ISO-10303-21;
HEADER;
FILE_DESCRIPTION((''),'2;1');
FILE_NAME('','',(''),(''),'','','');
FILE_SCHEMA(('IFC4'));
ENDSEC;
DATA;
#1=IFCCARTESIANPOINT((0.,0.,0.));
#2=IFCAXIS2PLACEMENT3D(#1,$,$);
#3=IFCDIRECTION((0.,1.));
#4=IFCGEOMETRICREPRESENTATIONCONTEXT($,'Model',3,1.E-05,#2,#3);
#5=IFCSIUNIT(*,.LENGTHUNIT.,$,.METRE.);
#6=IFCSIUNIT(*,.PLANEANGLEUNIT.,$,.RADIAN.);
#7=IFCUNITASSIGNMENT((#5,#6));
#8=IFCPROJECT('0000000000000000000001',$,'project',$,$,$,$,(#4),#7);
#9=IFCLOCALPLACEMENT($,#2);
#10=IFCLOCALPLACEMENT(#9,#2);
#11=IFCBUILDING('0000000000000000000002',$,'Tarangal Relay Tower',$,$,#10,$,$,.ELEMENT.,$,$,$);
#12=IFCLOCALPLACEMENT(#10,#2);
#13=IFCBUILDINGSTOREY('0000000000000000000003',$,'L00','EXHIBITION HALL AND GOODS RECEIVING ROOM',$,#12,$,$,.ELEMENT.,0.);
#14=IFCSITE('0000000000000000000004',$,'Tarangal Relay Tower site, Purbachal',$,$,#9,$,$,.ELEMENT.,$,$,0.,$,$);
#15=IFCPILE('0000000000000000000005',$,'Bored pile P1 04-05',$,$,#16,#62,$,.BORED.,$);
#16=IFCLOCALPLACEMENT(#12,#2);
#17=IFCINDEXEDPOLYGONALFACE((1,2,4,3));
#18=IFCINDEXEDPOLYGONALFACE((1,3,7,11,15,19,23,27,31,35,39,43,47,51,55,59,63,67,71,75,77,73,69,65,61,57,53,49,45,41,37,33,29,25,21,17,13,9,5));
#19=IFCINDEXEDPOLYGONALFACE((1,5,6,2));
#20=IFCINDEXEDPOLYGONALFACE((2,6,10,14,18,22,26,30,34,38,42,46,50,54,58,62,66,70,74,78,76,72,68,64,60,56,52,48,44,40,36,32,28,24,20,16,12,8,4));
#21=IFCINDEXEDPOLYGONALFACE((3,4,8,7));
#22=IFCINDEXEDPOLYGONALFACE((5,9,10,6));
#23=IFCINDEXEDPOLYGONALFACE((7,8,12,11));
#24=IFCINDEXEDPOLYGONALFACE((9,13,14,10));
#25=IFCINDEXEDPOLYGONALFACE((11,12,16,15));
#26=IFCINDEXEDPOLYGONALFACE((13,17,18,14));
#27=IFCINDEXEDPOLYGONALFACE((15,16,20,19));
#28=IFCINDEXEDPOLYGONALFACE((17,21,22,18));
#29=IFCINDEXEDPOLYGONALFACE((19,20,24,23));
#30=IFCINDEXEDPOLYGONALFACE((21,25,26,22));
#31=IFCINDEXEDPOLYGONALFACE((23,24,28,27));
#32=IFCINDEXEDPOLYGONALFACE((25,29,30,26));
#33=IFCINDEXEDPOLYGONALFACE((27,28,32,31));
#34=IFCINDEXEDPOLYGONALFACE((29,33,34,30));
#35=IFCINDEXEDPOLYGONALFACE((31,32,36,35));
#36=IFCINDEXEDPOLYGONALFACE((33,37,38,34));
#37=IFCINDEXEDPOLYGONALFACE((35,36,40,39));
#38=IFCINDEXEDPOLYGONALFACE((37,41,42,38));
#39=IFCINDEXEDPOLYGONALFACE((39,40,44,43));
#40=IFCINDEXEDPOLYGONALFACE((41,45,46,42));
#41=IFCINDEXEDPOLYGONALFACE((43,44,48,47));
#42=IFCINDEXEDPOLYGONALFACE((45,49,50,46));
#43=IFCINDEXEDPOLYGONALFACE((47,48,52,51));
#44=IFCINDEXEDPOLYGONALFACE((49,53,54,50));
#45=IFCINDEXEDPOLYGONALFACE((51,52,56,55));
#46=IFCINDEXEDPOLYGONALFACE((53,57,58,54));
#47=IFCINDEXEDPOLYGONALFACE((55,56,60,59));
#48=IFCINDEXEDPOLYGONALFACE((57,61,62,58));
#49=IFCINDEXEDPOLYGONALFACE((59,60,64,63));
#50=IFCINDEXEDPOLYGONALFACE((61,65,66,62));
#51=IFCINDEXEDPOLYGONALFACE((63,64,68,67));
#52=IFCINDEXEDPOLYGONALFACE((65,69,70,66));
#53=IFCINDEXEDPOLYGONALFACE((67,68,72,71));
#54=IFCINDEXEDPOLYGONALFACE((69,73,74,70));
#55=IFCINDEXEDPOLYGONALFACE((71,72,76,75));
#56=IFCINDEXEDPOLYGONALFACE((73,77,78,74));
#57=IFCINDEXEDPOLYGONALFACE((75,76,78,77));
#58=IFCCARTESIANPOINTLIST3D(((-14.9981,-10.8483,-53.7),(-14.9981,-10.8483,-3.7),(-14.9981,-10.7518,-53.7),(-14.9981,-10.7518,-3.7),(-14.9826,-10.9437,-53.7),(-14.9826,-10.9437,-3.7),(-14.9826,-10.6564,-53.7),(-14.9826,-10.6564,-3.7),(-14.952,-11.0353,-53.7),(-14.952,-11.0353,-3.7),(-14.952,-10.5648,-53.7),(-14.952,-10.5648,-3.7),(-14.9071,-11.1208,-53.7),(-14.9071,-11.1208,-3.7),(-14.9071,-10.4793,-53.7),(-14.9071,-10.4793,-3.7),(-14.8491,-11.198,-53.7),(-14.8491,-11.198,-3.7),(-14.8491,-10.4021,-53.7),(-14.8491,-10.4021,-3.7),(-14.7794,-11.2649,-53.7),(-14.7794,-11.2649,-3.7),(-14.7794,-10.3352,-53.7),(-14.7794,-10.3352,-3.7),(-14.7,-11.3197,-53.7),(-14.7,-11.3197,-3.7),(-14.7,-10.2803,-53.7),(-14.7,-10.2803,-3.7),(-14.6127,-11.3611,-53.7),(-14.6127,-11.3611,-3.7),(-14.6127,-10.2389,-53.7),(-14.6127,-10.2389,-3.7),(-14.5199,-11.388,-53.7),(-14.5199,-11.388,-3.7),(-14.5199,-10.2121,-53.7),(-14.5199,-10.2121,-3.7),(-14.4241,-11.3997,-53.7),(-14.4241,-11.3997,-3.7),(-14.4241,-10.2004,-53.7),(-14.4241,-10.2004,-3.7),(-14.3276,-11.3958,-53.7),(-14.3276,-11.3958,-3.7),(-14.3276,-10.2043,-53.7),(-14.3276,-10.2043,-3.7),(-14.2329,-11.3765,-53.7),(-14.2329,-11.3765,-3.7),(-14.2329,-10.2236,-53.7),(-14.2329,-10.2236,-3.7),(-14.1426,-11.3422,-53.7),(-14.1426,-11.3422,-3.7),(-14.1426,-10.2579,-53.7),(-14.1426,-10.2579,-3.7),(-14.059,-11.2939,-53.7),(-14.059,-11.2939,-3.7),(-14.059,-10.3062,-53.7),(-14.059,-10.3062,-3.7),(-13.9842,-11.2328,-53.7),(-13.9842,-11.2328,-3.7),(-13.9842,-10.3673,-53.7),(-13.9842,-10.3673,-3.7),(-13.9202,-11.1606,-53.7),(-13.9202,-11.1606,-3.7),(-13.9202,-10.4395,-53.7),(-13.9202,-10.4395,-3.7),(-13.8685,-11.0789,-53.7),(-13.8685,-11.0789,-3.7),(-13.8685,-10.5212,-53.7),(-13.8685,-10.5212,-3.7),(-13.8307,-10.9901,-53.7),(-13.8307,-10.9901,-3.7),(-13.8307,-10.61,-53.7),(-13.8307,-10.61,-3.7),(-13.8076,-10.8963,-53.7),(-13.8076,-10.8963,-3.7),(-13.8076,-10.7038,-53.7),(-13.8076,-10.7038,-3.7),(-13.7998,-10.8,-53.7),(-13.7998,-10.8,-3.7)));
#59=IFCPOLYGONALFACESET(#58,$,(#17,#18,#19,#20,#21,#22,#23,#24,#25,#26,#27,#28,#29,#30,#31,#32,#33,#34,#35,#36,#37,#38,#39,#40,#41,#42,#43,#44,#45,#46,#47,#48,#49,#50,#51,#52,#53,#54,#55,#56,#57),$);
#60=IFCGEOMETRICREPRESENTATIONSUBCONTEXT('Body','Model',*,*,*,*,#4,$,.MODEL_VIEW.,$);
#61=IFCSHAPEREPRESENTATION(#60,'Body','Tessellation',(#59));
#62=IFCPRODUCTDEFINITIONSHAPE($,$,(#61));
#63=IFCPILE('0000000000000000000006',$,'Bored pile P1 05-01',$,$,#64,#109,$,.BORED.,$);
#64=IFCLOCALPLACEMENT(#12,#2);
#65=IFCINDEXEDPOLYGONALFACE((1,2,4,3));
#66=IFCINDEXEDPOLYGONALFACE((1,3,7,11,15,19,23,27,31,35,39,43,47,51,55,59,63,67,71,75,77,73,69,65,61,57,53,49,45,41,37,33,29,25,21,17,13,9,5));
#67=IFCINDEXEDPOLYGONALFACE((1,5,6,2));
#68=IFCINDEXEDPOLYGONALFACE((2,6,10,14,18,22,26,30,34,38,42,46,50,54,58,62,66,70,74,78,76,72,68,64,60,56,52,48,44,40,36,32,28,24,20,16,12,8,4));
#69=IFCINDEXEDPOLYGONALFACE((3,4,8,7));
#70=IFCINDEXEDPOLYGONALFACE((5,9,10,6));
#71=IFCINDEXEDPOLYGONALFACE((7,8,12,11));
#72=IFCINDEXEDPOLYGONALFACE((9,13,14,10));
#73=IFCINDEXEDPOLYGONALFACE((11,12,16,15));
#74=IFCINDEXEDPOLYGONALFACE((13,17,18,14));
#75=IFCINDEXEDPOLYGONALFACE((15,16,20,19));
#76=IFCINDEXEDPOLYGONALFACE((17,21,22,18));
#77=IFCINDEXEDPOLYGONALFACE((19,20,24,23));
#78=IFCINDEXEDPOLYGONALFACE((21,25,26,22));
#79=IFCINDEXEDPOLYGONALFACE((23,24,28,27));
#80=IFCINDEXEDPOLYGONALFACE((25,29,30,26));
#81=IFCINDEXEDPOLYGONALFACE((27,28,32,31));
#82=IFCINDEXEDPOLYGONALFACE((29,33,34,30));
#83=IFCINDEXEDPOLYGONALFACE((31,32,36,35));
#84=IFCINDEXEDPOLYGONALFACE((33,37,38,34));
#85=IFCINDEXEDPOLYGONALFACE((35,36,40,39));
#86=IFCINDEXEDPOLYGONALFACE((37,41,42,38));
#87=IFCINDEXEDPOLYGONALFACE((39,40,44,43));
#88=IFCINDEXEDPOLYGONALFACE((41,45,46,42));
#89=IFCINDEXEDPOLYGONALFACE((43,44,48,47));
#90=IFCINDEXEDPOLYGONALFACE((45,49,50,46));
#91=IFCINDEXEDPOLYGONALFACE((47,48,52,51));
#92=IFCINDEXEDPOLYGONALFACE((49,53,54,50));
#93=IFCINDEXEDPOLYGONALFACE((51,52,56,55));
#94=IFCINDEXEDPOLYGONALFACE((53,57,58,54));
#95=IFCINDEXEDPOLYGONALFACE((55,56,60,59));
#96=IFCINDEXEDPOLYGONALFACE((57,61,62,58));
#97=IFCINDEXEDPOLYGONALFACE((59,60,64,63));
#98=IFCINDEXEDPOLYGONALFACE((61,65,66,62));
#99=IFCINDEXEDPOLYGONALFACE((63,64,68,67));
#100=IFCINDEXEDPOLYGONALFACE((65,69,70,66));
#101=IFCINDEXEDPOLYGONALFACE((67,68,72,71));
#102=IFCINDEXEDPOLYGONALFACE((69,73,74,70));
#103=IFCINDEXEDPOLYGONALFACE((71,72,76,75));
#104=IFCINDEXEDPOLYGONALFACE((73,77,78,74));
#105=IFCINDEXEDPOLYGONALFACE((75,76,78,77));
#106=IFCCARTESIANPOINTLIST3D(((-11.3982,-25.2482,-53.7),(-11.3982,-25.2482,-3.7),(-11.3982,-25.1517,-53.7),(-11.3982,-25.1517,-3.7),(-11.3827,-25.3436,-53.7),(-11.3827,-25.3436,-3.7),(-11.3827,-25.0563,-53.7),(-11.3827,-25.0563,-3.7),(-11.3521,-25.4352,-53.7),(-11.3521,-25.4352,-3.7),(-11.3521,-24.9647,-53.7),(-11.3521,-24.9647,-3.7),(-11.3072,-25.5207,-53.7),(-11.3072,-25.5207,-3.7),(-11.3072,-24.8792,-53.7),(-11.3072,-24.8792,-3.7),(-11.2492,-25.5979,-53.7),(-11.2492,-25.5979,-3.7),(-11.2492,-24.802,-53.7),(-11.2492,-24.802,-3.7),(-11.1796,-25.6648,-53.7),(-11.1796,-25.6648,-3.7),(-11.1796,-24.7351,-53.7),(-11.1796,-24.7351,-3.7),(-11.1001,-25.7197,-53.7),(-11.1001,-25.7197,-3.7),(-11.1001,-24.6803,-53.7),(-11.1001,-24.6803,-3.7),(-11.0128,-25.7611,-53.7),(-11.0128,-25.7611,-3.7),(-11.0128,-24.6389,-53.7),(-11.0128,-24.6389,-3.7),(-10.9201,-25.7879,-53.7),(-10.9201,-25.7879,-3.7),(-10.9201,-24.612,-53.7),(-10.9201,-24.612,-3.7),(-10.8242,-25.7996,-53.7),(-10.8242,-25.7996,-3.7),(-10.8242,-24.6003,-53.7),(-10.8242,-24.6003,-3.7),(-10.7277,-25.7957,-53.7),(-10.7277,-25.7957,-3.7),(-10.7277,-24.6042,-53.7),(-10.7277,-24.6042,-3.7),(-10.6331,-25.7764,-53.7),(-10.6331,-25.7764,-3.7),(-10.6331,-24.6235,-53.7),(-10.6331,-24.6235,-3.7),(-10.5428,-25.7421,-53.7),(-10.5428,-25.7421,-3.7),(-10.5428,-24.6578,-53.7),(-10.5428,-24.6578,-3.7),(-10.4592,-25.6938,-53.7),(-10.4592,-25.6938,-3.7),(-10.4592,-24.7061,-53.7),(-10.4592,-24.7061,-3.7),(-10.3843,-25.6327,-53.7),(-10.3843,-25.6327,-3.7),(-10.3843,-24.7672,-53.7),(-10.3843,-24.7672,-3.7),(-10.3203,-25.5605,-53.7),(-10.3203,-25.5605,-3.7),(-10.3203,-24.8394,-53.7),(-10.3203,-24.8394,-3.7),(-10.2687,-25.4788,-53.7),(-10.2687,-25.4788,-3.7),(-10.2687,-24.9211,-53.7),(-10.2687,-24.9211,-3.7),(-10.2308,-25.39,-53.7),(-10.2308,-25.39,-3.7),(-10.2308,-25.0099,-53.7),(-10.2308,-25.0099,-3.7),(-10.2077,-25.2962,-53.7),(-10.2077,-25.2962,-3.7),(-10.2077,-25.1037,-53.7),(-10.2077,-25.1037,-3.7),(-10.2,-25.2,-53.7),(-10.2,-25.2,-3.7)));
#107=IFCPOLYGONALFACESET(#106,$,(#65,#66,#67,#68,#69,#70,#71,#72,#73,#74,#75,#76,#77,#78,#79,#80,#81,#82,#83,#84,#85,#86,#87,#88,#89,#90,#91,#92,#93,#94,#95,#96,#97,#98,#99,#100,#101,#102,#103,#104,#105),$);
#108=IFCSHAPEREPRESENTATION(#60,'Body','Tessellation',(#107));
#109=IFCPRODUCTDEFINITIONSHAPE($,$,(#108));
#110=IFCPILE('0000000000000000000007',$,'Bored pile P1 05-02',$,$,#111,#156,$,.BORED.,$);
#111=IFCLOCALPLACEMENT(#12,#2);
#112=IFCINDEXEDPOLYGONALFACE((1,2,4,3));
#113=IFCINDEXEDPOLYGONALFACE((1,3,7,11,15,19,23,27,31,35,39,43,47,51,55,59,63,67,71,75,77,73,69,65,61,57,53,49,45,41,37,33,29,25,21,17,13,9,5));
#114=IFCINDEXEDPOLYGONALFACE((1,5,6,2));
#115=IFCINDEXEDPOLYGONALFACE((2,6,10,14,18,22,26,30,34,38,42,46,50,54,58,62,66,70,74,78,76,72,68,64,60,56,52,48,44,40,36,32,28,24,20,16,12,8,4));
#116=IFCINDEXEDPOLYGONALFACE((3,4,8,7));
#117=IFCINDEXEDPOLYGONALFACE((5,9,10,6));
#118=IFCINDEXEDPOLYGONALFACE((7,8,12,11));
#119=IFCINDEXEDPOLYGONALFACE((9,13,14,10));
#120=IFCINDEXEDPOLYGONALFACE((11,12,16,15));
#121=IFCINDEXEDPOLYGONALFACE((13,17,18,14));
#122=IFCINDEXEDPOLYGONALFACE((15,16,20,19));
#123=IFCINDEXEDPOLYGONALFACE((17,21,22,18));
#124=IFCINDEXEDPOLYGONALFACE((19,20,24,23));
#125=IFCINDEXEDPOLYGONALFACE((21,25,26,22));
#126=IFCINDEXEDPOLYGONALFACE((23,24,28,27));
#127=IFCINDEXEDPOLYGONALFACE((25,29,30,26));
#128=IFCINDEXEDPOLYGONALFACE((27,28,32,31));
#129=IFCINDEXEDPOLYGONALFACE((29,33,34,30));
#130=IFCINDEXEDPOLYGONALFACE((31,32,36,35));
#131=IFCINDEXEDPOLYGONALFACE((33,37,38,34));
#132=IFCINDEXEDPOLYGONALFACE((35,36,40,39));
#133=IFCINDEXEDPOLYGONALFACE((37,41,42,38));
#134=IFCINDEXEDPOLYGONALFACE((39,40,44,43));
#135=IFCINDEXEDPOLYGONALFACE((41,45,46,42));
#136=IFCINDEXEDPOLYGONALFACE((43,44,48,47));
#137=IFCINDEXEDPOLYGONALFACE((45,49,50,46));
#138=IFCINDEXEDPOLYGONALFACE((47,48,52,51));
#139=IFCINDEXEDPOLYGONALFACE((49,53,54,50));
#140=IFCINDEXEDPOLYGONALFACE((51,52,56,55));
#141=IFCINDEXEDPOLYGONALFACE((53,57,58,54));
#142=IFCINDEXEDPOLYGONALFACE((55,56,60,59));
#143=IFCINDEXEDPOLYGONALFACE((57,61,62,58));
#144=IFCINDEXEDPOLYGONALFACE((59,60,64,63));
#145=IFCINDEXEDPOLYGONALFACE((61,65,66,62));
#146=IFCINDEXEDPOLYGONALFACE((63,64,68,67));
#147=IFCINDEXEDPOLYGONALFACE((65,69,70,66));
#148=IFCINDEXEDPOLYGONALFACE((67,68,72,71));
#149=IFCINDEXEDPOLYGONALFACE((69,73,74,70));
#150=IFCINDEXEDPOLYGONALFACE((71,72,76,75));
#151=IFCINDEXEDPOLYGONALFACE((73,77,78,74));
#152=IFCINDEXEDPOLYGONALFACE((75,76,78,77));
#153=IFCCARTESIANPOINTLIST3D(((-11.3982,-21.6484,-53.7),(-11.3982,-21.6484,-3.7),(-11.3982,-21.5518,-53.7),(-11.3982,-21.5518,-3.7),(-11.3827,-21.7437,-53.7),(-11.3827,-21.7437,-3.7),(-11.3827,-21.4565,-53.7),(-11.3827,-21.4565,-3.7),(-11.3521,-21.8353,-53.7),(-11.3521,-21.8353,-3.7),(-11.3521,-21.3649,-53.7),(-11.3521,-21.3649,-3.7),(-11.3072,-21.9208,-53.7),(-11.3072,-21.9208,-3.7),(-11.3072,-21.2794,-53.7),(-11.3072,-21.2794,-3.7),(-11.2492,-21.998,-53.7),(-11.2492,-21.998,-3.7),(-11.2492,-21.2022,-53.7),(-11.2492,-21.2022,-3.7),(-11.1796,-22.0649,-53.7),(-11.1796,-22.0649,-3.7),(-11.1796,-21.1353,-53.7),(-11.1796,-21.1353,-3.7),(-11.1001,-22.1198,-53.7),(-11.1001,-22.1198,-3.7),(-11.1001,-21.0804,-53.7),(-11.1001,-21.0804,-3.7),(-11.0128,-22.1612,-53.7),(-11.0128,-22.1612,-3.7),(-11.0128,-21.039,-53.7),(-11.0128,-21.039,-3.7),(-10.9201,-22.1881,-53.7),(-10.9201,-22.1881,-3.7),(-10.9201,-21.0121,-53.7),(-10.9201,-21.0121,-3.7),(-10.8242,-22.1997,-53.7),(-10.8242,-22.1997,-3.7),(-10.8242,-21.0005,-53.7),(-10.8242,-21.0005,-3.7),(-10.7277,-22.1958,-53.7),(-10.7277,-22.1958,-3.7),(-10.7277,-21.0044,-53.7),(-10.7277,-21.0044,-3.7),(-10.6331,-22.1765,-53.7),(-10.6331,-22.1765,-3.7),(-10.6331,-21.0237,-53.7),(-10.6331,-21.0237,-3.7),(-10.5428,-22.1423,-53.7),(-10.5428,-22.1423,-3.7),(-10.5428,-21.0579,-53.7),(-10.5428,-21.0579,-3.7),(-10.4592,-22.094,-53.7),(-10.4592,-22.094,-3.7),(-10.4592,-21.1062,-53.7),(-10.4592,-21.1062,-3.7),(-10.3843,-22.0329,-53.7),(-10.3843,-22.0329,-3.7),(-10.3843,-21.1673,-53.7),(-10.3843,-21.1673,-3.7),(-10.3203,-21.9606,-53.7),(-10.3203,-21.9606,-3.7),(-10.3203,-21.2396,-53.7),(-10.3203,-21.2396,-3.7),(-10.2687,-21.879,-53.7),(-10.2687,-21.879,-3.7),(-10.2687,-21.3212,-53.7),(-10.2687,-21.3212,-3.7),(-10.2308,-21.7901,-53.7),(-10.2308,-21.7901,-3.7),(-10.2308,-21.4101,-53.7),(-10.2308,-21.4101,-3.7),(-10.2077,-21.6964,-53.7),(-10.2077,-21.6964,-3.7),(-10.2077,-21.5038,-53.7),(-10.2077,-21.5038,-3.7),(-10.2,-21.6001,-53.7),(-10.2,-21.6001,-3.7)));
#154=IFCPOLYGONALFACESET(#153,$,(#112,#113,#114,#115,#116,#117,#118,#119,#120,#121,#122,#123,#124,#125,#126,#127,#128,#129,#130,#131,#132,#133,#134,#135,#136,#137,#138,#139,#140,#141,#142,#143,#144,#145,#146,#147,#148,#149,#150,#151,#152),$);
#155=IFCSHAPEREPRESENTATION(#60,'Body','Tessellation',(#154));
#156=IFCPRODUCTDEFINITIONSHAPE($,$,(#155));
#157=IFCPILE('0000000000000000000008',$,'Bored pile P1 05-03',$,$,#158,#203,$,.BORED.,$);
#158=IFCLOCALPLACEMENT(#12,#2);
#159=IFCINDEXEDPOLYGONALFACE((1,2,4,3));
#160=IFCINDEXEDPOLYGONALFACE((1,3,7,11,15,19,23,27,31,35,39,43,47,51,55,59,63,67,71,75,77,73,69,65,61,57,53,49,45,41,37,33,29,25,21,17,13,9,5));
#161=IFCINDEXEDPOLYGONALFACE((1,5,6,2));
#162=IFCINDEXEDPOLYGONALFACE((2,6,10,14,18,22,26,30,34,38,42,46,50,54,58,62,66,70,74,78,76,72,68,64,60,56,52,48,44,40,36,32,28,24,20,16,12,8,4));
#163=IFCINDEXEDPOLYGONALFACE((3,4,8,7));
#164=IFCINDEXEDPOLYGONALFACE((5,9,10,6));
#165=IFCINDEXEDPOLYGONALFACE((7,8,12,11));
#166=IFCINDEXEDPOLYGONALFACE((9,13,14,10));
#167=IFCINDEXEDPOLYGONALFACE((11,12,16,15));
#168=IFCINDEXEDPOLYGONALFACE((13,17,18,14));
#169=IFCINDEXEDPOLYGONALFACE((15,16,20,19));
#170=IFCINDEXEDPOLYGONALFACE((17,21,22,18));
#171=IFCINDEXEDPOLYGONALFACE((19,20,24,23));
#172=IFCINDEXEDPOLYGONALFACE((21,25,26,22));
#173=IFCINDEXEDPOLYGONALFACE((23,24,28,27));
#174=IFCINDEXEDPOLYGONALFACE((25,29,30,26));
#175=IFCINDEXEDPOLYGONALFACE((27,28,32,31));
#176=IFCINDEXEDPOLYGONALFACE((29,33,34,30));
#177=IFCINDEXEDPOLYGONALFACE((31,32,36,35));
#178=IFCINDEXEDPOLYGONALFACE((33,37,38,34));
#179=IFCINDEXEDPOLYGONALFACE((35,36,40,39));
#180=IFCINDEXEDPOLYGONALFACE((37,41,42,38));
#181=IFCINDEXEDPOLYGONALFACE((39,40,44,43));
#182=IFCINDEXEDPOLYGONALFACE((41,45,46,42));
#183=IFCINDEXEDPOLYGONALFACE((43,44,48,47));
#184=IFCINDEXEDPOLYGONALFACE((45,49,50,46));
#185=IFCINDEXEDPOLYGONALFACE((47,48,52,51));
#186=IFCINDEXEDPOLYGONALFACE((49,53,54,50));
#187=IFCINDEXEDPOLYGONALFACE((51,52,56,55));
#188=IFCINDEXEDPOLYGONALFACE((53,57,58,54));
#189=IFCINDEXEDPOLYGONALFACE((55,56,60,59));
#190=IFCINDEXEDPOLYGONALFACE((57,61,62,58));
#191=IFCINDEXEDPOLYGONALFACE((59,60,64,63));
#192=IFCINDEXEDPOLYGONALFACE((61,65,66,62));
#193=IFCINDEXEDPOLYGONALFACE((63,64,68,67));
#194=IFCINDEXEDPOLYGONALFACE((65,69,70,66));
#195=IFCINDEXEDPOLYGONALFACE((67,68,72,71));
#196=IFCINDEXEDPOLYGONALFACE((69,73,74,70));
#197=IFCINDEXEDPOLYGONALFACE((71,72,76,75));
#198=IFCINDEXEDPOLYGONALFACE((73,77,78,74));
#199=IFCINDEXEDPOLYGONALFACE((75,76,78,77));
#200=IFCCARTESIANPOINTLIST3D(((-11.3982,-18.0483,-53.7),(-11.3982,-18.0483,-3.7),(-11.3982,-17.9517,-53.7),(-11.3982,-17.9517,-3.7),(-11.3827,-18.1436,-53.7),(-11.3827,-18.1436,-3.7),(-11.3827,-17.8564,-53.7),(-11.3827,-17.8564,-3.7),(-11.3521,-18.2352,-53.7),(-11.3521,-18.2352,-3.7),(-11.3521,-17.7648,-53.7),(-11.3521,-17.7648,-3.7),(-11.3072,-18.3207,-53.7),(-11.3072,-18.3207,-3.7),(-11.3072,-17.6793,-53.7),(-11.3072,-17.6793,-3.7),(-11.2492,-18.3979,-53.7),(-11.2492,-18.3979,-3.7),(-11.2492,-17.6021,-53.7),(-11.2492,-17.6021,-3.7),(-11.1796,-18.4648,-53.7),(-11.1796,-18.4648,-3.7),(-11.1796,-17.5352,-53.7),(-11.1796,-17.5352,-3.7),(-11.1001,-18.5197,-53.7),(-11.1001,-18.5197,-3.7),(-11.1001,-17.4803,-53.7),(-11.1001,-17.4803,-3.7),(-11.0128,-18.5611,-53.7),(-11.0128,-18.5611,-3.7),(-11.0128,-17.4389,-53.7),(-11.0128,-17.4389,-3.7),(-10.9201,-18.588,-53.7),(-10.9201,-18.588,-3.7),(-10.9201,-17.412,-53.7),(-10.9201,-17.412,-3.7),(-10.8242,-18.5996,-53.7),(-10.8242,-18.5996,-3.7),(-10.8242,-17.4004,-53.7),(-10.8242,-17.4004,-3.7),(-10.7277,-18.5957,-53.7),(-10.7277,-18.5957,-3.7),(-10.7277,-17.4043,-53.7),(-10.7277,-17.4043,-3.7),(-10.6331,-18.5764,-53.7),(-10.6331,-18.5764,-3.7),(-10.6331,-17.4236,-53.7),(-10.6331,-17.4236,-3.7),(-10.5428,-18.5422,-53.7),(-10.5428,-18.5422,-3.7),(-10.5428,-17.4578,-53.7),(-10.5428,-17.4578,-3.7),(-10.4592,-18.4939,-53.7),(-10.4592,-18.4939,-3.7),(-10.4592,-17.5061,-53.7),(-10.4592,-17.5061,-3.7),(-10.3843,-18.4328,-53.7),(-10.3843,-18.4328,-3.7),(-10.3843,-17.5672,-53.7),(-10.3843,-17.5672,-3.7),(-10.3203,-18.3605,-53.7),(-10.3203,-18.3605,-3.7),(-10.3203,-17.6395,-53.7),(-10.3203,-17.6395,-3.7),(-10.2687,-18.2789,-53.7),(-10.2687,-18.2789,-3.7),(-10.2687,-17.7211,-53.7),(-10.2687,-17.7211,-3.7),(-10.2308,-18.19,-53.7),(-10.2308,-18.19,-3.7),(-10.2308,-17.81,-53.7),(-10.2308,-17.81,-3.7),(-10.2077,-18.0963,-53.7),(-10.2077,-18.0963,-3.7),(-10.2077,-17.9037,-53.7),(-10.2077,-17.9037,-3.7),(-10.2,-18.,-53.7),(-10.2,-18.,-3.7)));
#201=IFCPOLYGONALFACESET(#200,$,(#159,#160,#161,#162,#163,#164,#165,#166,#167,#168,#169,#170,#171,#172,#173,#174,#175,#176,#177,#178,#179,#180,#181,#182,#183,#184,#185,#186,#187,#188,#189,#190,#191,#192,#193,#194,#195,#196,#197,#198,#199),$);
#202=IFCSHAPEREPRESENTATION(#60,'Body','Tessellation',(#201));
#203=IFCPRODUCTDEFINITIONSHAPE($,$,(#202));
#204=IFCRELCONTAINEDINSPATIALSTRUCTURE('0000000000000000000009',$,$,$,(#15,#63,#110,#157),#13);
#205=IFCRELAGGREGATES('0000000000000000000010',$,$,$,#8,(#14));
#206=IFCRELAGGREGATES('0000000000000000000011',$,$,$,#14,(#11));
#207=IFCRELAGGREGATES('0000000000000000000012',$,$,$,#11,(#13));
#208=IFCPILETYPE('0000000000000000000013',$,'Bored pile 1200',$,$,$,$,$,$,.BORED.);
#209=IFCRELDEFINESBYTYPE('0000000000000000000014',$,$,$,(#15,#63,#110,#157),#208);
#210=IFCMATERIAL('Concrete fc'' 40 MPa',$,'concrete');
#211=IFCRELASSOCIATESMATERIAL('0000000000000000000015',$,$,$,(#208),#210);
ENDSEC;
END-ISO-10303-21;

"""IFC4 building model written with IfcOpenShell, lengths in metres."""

from ifc_helpers import new_model, si_unit, direction, frame, origin, origin_2d, place, context, subcontext, project, spatial, circle, extrude, material, material_profile, profile_set, type_object, element, save


model = new_model("IFC4")

# Units and contexts
model_context = context("Model", 3, precision=1e-05, world=origin(), true_north=direction((0.0, 1.0)))
body_context = subcontext(model_context, "Body", "Model", "MODEL_VIEW")
ifc_project = project(units=[si_unit("LENGTHUNIT", "METRE"), si_unit("PLANEANGLEUNIT", "RADIAN")], contexts=[model_context])

# Site, building, storey
site_placement = place(None, origin())
site = spatial("IfcSite", under=ifc_project, at=site_placement, Name="Tarangal Relay Tower site, Purbachal", CompositionType="ELEMENT", RefElevation=0.0)
building_placement = place(site_placement, origin())
building = spatial("IfcBuilding", under=site, at=building_placement, Name="Tarangal Relay Tower", CompositionType="ELEMENT")
storey_placement = place(building_placement, origin())
storey = spatial("IfcBuildingStorey", under=building, at=storey_placement, Name="L00", Description="EXHIBITION HALL AND GOODS RECEIVING ROOM", CompositionType="ELEMENT", Elevation=0.0)

# Piles
ifc_material_1 = material(Name="Concrete fc' 40 MPa", Category="concrete")
ifc_material_profile = material_profile(ifc_material_1, circle(Radius=0.6001, at=origin_2d()), Name="D1200")
ifc_profile_set = profile_set([ifc_material_profile], Name="Concrete fc' 40 MPa")
pile_type = type_object("IfcPileType", Name="Bored pile 1200", PredefinedType="BORED", material=ifc_profile_set)
for number, where, z_axis, x_axis, name in (
    (1, (-14.3999, -10.8, -3.7), (0.0, 0.0, -1.0), (1.0, 0.0, 0.0), "Bored pile P1 04-05"),
    (2, (-10.8, -25.2, -3.7), (0.0, 0.0, -1.0), (1.0, 0.0, 0.0), "Bored pile P1 05-01"),
    (3, (-10.8, -21.6001, -3.7), (0.0, 0.0, -1.0), (1.0, 0.0, 0.0), "Bored pile P1 05-02"),
    (4, (-10.8, -18.0, -3.7), (0.0, 0.0, -1.0), (1.0, 0.0, 0.0), "Bored pile P1 05-03"),
):
    element("IfcPile", number, at=place(storey_placement, frame(where, z_axis=z_axis, x_axis=x_axis)), inside=storey, type_object=pile_type, Name=name, PredefinedType="BORED", context=body_context, shape_type="SweptSolid", body=[
        extrude(circle(Radius=0.6001, at=origin_2d()), origin(), (0.0, 0.0, 1.0), 50.0),
    ])

save(model, "model.ifc")
